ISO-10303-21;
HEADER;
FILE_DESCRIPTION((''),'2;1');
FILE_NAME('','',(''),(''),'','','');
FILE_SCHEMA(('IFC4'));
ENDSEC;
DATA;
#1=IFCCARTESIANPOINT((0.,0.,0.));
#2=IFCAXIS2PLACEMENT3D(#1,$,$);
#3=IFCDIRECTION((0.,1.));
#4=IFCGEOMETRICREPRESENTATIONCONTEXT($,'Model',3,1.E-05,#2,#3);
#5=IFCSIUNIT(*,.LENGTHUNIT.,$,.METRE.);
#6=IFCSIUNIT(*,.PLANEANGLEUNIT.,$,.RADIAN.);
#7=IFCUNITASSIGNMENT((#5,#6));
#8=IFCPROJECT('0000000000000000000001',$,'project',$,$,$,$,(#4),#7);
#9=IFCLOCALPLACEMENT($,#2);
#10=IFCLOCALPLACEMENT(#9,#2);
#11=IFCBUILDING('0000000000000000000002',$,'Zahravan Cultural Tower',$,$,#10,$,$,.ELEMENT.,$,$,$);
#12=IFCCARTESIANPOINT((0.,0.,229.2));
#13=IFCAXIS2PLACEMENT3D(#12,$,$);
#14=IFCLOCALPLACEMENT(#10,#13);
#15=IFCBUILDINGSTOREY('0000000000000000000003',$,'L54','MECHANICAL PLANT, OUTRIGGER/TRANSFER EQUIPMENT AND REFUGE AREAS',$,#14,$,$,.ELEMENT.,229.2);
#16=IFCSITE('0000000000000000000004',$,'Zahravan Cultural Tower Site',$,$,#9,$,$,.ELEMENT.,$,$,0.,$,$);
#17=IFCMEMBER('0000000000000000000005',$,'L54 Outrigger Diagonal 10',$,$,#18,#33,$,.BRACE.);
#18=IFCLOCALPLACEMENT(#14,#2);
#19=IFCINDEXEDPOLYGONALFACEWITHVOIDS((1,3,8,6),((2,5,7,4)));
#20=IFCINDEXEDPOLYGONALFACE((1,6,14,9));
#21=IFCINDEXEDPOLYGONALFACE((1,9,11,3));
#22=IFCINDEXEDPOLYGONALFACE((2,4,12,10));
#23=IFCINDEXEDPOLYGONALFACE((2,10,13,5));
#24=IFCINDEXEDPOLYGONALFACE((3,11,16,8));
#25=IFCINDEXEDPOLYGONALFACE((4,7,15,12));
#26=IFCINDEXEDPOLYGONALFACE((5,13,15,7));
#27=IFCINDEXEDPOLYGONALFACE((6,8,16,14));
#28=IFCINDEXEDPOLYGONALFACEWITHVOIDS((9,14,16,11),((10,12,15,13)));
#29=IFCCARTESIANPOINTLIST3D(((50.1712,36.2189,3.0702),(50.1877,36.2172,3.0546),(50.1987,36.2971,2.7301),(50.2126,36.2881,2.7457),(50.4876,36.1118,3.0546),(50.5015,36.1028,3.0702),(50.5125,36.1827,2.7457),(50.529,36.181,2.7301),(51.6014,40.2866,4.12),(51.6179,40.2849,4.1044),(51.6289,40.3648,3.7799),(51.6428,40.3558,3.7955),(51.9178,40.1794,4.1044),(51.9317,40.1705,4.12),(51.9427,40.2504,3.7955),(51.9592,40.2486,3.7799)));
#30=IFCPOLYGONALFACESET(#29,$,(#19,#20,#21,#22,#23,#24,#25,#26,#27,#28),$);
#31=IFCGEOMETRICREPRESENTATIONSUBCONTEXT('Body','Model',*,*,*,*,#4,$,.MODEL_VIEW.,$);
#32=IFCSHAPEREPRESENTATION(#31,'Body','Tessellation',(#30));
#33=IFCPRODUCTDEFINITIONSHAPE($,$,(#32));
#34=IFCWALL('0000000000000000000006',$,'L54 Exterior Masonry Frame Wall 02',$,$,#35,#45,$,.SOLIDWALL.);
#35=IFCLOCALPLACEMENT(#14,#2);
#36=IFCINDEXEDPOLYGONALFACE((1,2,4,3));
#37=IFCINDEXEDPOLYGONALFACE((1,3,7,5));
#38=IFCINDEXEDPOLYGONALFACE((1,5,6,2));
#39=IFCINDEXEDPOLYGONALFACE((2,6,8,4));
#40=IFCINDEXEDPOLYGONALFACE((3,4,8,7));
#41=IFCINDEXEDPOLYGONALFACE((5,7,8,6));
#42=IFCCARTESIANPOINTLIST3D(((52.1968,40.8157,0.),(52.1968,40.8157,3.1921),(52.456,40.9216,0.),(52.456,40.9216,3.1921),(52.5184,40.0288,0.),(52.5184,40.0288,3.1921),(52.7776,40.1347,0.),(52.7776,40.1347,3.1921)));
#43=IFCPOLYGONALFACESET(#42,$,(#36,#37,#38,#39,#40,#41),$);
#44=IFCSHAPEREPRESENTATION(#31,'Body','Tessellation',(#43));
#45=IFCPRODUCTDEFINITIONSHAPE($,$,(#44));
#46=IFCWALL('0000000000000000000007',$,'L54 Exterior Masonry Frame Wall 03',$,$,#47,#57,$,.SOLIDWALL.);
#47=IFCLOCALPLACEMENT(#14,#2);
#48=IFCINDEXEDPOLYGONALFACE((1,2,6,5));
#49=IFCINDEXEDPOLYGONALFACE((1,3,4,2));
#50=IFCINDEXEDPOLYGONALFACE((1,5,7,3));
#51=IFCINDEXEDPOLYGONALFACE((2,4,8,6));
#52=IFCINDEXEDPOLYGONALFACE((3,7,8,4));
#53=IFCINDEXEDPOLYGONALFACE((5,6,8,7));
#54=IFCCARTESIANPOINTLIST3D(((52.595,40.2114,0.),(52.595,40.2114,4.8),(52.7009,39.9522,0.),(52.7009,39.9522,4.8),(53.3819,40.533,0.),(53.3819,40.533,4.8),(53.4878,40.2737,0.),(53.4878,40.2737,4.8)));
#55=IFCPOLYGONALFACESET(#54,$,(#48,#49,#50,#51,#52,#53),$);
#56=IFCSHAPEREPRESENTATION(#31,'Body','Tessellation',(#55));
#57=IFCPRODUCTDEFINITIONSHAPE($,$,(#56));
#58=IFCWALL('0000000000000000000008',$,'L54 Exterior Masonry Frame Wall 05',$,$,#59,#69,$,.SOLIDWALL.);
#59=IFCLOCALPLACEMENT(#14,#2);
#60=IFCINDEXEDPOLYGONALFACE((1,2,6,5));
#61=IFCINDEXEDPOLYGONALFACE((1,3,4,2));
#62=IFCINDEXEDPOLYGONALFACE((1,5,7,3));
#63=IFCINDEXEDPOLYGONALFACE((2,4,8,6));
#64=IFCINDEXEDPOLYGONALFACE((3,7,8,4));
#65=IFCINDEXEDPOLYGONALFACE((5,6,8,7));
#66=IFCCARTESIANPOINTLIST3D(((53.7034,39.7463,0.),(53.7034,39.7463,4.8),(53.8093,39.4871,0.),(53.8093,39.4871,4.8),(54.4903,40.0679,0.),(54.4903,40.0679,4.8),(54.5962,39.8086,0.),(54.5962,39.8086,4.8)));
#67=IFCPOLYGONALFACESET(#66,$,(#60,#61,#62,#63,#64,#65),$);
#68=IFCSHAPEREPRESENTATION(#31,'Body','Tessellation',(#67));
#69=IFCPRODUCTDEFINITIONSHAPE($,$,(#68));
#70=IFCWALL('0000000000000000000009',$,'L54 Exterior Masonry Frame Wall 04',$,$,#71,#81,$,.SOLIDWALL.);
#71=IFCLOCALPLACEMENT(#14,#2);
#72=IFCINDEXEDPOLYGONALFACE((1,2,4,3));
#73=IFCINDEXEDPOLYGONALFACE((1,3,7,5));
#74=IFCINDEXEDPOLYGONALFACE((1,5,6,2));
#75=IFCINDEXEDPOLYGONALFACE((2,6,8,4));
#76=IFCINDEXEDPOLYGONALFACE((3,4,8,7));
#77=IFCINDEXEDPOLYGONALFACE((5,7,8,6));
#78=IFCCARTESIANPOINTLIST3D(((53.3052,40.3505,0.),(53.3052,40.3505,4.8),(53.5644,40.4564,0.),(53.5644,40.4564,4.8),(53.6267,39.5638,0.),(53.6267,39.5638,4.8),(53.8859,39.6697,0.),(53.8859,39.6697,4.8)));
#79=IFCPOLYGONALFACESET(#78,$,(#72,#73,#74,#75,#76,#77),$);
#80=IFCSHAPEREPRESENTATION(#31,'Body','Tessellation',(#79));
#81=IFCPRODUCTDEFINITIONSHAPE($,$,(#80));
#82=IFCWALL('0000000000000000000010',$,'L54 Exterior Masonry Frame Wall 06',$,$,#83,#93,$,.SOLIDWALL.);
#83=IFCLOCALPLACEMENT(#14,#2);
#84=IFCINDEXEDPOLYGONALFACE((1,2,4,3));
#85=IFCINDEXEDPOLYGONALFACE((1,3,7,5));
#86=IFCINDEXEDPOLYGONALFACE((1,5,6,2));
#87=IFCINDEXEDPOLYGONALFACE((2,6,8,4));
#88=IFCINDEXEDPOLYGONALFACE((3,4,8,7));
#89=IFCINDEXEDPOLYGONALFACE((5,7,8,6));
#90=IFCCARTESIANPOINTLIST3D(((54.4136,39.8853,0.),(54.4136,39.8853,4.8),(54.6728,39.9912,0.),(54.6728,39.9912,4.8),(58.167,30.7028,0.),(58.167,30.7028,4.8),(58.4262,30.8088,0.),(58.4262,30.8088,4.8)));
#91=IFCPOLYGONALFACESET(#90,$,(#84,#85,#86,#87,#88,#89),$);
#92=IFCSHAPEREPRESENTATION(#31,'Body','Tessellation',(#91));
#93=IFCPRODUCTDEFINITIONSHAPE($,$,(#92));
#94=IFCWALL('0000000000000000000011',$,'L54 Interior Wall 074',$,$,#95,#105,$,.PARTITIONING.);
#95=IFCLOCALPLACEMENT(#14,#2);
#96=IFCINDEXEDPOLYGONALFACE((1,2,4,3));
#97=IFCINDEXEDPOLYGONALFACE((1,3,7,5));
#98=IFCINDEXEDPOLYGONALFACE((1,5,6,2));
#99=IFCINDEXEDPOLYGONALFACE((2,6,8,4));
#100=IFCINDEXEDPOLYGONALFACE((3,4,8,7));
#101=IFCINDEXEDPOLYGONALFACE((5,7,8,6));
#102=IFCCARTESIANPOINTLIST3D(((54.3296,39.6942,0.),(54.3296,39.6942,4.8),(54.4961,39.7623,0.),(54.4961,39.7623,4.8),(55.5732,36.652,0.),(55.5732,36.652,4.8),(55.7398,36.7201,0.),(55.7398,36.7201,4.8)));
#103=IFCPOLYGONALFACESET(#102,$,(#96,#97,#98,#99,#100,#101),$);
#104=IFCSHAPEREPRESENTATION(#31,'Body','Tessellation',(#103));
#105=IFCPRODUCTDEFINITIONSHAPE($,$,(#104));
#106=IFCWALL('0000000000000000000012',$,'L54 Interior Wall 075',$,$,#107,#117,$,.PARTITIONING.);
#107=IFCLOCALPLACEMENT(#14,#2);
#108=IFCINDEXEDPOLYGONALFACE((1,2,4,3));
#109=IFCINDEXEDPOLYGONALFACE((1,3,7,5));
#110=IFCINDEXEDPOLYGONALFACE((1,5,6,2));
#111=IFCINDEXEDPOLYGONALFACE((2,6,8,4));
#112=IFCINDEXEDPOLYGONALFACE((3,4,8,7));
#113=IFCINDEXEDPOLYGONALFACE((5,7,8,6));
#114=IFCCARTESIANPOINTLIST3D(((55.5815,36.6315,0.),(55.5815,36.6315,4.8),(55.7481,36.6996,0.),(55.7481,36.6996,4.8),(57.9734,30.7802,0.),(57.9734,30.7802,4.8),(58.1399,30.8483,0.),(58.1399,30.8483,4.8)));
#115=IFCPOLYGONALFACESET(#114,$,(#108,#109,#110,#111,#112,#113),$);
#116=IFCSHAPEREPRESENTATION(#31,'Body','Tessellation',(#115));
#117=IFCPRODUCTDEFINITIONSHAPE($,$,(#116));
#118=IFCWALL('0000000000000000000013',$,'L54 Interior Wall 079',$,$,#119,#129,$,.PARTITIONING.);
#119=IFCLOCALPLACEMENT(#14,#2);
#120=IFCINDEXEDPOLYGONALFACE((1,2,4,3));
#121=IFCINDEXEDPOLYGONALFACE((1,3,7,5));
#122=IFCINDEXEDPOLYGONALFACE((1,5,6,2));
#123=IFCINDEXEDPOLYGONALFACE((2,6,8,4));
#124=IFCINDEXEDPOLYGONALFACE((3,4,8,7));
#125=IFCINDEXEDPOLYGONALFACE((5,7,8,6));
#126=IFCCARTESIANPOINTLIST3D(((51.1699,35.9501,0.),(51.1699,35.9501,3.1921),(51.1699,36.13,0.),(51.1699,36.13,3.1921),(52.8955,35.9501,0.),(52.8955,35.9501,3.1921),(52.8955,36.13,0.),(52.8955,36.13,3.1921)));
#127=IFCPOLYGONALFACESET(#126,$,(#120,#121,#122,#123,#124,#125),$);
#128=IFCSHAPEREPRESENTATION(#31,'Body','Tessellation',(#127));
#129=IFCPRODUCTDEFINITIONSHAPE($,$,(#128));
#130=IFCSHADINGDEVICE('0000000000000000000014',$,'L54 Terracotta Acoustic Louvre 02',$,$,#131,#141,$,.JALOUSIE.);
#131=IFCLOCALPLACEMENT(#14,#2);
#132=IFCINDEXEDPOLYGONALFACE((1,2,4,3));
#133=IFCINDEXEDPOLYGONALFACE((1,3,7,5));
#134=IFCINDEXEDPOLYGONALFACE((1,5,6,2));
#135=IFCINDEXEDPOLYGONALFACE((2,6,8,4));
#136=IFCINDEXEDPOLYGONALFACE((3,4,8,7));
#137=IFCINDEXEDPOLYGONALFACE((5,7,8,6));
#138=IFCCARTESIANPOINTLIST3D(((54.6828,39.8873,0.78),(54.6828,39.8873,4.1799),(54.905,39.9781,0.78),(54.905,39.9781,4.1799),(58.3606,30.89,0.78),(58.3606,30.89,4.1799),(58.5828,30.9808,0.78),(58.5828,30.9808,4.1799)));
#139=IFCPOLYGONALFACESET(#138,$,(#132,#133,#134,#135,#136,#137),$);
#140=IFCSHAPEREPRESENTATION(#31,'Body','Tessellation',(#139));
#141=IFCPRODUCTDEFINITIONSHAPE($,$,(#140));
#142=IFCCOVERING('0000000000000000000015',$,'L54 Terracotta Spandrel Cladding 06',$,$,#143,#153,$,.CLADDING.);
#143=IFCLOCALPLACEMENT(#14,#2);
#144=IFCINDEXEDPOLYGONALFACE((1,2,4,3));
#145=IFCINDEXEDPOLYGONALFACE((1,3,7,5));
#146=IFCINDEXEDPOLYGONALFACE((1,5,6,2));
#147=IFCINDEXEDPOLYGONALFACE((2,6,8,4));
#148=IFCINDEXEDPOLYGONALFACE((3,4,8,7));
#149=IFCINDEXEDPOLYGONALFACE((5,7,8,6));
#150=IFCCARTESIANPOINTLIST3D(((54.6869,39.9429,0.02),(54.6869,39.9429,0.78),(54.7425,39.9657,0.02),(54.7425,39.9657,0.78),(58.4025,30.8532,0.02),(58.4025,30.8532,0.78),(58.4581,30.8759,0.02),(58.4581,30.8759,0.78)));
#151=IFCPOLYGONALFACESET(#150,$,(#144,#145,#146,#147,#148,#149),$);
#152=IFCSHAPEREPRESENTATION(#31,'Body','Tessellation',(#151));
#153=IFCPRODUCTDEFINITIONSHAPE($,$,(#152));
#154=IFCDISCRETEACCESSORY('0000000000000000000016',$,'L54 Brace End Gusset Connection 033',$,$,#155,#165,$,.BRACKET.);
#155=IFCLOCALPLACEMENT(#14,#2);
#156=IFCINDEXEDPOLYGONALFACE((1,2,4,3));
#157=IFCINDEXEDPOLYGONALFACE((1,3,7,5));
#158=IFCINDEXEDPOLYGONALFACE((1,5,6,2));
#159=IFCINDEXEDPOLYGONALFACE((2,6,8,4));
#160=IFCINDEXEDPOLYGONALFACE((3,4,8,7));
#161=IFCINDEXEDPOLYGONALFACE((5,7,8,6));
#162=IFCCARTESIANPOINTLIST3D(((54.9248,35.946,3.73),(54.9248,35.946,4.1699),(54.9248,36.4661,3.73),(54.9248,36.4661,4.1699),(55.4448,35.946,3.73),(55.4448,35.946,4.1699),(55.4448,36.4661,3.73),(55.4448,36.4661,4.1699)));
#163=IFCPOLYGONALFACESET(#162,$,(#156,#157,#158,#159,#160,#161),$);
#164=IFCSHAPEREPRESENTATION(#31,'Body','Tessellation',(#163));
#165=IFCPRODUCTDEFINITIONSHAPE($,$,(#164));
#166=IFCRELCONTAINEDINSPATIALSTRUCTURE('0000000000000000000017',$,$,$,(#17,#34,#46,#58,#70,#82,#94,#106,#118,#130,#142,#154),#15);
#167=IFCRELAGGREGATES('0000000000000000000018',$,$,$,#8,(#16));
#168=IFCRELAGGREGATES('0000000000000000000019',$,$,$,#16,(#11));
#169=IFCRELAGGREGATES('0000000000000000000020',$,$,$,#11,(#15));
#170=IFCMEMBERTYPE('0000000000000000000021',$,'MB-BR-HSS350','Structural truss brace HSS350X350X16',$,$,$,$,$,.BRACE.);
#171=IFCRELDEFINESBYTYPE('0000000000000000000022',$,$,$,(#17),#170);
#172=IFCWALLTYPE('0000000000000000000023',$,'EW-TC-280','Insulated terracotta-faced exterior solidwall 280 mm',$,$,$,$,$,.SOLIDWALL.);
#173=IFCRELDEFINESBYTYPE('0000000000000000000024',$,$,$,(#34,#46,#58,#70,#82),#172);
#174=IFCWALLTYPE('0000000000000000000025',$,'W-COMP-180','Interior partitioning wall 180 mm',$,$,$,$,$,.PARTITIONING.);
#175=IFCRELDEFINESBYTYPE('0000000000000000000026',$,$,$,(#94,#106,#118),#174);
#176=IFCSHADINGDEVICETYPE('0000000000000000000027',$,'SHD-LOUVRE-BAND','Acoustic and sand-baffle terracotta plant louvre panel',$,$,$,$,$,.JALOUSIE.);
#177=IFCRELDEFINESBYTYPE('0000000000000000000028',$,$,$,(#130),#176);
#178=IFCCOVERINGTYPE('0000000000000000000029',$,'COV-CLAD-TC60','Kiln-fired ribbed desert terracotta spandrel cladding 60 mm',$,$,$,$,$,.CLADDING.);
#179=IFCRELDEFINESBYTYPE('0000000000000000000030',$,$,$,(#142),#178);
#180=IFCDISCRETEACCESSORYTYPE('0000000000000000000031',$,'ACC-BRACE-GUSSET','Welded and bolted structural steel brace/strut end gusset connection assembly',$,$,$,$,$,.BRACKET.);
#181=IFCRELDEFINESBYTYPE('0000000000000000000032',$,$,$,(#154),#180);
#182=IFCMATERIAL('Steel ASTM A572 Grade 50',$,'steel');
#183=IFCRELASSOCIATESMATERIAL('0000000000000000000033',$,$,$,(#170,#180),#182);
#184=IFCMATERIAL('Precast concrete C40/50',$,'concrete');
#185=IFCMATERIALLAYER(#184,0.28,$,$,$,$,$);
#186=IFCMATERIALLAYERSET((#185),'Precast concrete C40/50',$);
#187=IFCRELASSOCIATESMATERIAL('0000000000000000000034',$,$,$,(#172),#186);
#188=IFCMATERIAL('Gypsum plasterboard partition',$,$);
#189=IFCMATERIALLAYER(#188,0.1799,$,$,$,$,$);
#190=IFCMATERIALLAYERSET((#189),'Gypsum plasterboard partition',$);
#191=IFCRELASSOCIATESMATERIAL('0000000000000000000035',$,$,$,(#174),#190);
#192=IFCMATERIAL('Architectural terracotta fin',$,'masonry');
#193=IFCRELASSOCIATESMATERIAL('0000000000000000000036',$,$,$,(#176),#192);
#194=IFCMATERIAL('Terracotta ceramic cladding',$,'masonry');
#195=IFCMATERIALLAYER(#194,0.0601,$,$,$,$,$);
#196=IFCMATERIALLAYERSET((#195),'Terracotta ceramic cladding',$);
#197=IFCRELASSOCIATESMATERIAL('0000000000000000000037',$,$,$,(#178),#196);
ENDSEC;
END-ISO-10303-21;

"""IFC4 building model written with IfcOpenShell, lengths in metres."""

from ifc_helpers import new_model, si_unit, direction, frame, frame_2d, origin, origin_2d, place, context, subcontext, project, spatial, rectangle, hollow_rectangle, extrude, source, transform, mapped, material, layer, layer_set, material_profile, profile_set, type_object, element, save


model = new_model("IFC4")

# Units and contexts
model_context = context("Model", 3, precision=1e-05, world=origin(), true_north=direction((0.0, 1.0)))
body_context = subcontext(model_context, "Body", "Model", "MODEL_VIEW")
ifc_project = project(units=[si_unit("LENGTHUNIT", "METRE"), si_unit("PLANEANGLEUNIT", "RADIAN")], contexts=[model_context])

# Site, building, storey
site_placement = place(None, origin())
site = spatial("IfcSite", under=ifc_project, at=site_placement, Name="Zahravan Cultural Tower Site", CompositionType="ELEMENT", RefElevation=0.0)
building_placement = place(site_placement, origin())
building = spatial("IfcBuilding", under=site, at=building_placement, Name="Zahravan Cultural Tower", CompositionType="ELEMENT")
storey_placement = place(building_placement, frame((0.0, 0.0, 229.2)))
storey = spatial("IfcBuildingStorey", under=building, at=storey_placement, Name="L54", Description="MECHANICAL PLANT, OUTRIGGER/TRANSFER EQUIPMENT AND REFUGE AREAS", CompositionType="ELEMENT", Elevation=229.2)

# Member
ifc_material_1 = material(Name="Steel ASTM A572 Grade 50", Category="steel")
ifc_material_profile_1 = material_profile(ifc_material_1, hollow_rectangle(XDim=0.3501, YDim=0.3501, WallThickness=0.0161, at=origin_2d()), Name="HSS350X350X16")
ifc_profile_set_1 = profile_set([ifc_material_profile_1], Name="Steel ASTM A572 Grade 50")
member_type = type_object("IfcMemberType", Name="MB-BR-HSS350", Description="Structural truss brace HSS350X350X16", PredefinedType="BRACE", material=ifc_profile_set_1)
shared_shape_1 = source(origin(), body_context, "Body", "SweptSolid", [
    extrude(hollow_rectangle(XDim=0.3501, YDim=0.3501, WallThickness=0.0161, at=origin_2d()), origin(), (0.0, 0.0, 1.0), 4.4377),
])
member_placement = place(storey_placement, frame((50.3501, 36.2, 2.9001), z_axis=(0.322279, 0.916609, 0.236566), x_axis=(-0.943387, 0.331694, 0.0)))
element("IfcMember", 1, at=member_placement, inside=storey, type_object=member_type, Name="L54 Outrigger Diagonal 10", PredefinedType="BRACE", context=body_context, shape_type="MappedRepresentation", body=[
    mapped(shared_shape_1, transform((0.0, 0.0, 0.0), x_axis=(1.0, 0.0, 0.0), y_axis=(0.0, 1.0, 0.0), z_axis=(0.0, 0.0, 1.0), scale=1.0)),
])

# Walls
ifc_material_2 = material(Name="Precast concrete C40/50", Category="concrete")
ifc_layer_1 = layer(ifc_material_2, 0.28)
ifc_layer_set_1 = layer_set([ifc_layer_1], Name="Precast concrete C40/50")
wall_type_1 = type_object("IfcWallType", Name="EW-TC-280", Description="Insulated terracotta-faced exterior solidwall 280 mm", PredefinedType="SOLIDWALL", material=ifc_layer_set_1)
shared_shape_2 = source(origin(), body_context, "Body", "SweptSolid", [
    extrude(rectangle(XDim=0.8501, YDim=0.28, at=frame_2d((0.425, 0.0))), origin(), (0.0, 0.0, 1.0), 3.1921),
])
wall_1_placement = place(storey_placement, frame((52.3264, 40.8687, 0.0), z_axis=(0.0, 0.0, 1.0), x_axis=(0.378264, -0.925698, 0.0)))
element("IfcWall", 2, at=wall_1_placement, inside=storey, type_object=wall_type_1, Name="L54 Exterior Masonry Frame Wall 02", PredefinedType="SOLIDWALL", context=body_context, shape_type="MappedRepresentation", body=[
    mapped(shared_shape_2, transform((0.0, 0.0, 0.0), x_axis=(1.0, 0.0, 0.0), y_axis=(0.0, 1.0, 0.0), z_axis=(0.0, 0.0, 1.0), scale=1.0)),
])
shared_shape_3 = source(origin(), body_context, "Body", "SweptSolid", [
    extrude(rectangle(XDim=0.8501, YDim=0.28, at=frame_2d((0.425, 0.0))), origin(), (0.0, 0.0, 1.0), 4.8),
])
for number, where, z_axis, x_axis, name in (
    (3, (52.6479, 40.0818, 0.0), (0.0, 0.0, 1.0), (0.925698, 0.378264, 0.0), "L54 Exterior Masonry Frame Wall 03"),
    (4, (53.7563, 39.6167, 0.0), (0.0, 0.0, 1.0), (0.925698, 0.378264, 0.0), "L54 Exterior Masonry Frame Wall 05"),
):
    element("IfcWall", number, at=place(storey_placement, frame(where, z_axis=z_axis, x_axis=x_axis)), inside=storey, type_object=wall_type_1, Name=name, PredefinedType="SOLIDWALL", context=body_context, shape_type="MappedRepresentation", body=[
        mapped(shared_shape_3, transform((0.0, 0.0, 0.0), x_axis=(1.0, 0.0, 0.0), y_axis=(0.0, 1.0, 0.0), z_axis=(0.0, 0.0, 1.0), scale=1.0)),
    ])
shared_shape_4 = source(origin(), body_context, "Body", "SweptSolid", [
    extrude(rectangle(XDim=0.8499, YDim=0.28, at=frame_2d((0.4248, 0.0))), origin(), (0.0, 0.0, 1.0), 4.8),
])
wall_2_placement = place(storey_placement, frame((53.4348, 40.4033, 0.0), z_axis=(0.0, 0.0, 1.0), x_axis=(0.378364, -0.925657, 0.0)))
element("IfcWall", 5, at=wall_2_placement, inside=storey, type_object=wall_type_1, Name="L54 Exterior Masonry Frame Wall 04", PredefinedType="SOLIDWALL", context=body_context, shape_type="MappedRepresentation", body=[
    mapped(shared_shape_4, transform((0.0, 0.0, 0.0), x_axis=(1.0, 0.0, 0.0), y_axis=(0.0, 1.0, 0.0), z_axis=(0.0, 0.0, 1.0), scale=1.0)),
])
shared_shape_5 = source(origin(), body_context, "Body", "SweptSolid", [
    extrude(rectangle(XDim=9.9199, YDim=0.28, at=frame_2d((4.96, 0.0))), origin(), (0.0, 0.0, 1.0), 4.8),
])
wall_3_placement = place(storey_placement, frame((54.5432, 39.9382, 0.0), z_axis=(0.0, 0.0, 1.0), x_axis=(0.378373, -0.925653, 0.0)))
element("IfcWall", 6, at=wall_3_placement, inside=storey, type_object=wall_type_1, Name="L54 Exterior Masonry Frame Wall 06", PredefinedType="SOLIDWALL", context=body_context, shape_type="MappedRepresentation", body=[
    mapped(shared_shape_5, transform((0.0, 0.0, 0.0), x_axis=(1.0, 0.0, 0.0), y_axis=(0.0, 1.0, 0.0), z_axis=(0.0, 0.0, 1.0), scale=1.0)),
])
ifc_material_3 = material(Name="Gypsum plasterboard partition")
ifc_layer_2 = layer(ifc_material_3, 0.1799)
ifc_layer_set_2 = layer_set([ifc_layer_2], Name="Gypsum plasterboard partition")
wall_type_2 = type_object("IfcWallType", Name="W-COMP-180", Description="Interior partitioning wall 180 mm", PredefinedType="PARTITIONING", material=ifc_layer_set_2)
shared_shape_6 = source(origin(), body_context, "Body", "SweptSolid", [
    extrude(rectangle(XDim=3.2866, YDim=0.1799, at=frame_2d((1.6433, 0.0))), origin(), (0.0, 0.0, 1.0), 4.8),
])
wall_4_placement = place(storey_placement, frame((54.4128, 39.7283, 0.0), z_axis=(0.0, 0.0, 1.0), x_axis=(0.378399, -0.925643, 0.0)))
element("IfcWall", 7, at=wall_4_placement, inside=storey, type_object=wall_type_2, Name="L54 Interior Wall 074", PredefinedType="PARTITIONING", context=body_context, shape_type="MappedRepresentation", body=[
    mapped(shared_shape_6, transform((0.0, 0.0, 0.0), x_axis=(1.0, 0.0, 0.0), y_axis=(0.0, 1.0, 0.0), z_axis=(0.0, 0.0, 1.0), scale=1.0)),
])
shared_shape_7 = source(origin(), body_context, "Body", "SweptSolid", [
    extrude(rectangle(XDim=6.3213, YDim=0.1799, at=frame_2d((3.1606, 0.0))), origin(), (0.0, 0.0, 1.0), 4.8),
])
wall_5_placement = place(storey_placement, frame((55.6648, 36.6655, 0.0), z_axis=(0.0, 0.0, 1.0), x_axis=(0.378379, -0.925651, 0.0)))
element("IfcWall", 8, at=wall_5_placement, inside=storey, type_object=wall_type_2, Name="L54 Interior Wall 075", PredefinedType="PARTITIONING", context=body_context, shape_type="MappedRepresentation", body=[
    mapped(shared_shape_7, transform((0.0, 0.0, 0.0), x_axis=(1.0, 0.0, 0.0), y_axis=(0.0, 1.0, 0.0), z_axis=(0.0, 0.0, 1.0), scale=1.0)),
])
shared_shape_8 = source(origin(), body_context, "Body", "SweptSolid", [
    extrude(rectangle(XDim=1.7256, YDim=0.1799, at=frame_2d((0.8628, 0.0))), origin(), (0.0, 0.0, 1.0), 3.1921),
])
wall_6_placement = place(storey_placement, frame((52.8955, 36.04, 0.0), z_axis=(0.0, 0.0, 1.0), x_axis=(-1.0, 0.0, 0.0)))
element("IfcWall", 9, at=wall_6_placement, inside=storey, type_object=wall_type_2, Name="L54 Interior Wall 079", PredefinedType="PARTITIONING", context=body_context, shape_type="MappedRepresentation", body=[
    mapped(shared_shape_8, transform((0.0, 0.0, 0.0), x_axis=(1.0, 0.0, 0.0), y_axis=(0.0, 1.0, 0.0), z_axis=(0.0, 0.0, 1.0), scale=1.0)),
])

# Shading device
ifc_material_4 = material(Name="Architectural terracotta fin", Category="masonry")
shading_device_type = type_object("IfcShadingDeviceType", Name="SHD-LOUVRE-BAND", Description="Acoustic and sand-baffle terracotta plant louvre panel", PredefinedType="JALOUSIE", material=ifc_material_4)
shared_shape_9 = source(origin(), body_context, "Body", "SweptSolid", [
    extrude(rectangle(XDim=9.72, YDim=0.24, at=origin_2d()), origin(), (0.0, 0.0, 1.0), 3.3999),
])
shading_device_placement = place(storey_placement, frame((56.6328, 35.4341, 0.78), z_axis=(0.0, 0.0, 1.0), x_axis=(0.378374, -0.925653, 0.0)))
element("IfcShadingDevice", 10, at=shading_device_placement, inside=storey, type_object=shading_device_type, Name="L54 Terracotta Acoustic Louvre 02", PredefinedType="JALOUSIE", context=body_context, shape_type="MappedRepresentation", body=[
    mapped(shared_shape_9, transform((0.0, 0.0, 0.0), x_axis=(1.0, 0.0, 0.0), y_axis=(0.0, 1.0, 0.0), z_axis=(0.0, 0.0, 1.0), scale=1.0)),
])

# Covering
ifc_material_5 = material(Name="Terracotta ceramic cladding", Category="masonry")
ifc_layer_3 = layer(ifc_material_5, 0.0601)
ifc_layer_set_3 = layer_set([ifc_layer_3], Name="Terracotta ceramic cladding")
covering_type = type_object("IfcCoveringType", Name="COV-CLAD-TC60", Description="Kiln-fired ribbed desert terracotta spandrel cladding 60 mm", PredefinedType="CLADDING", material=ifc_layer_set_3)
shared_shape_10 = source(origin(), body_context, "Body", "SweptSolid", [
    extrude(rectangle(XDim=9.8198, YDim=0.0601, at=origin_2d()), origin(), (0.0, 0.0, 1.0), 0.76),
])
covering_placement = place(storey_placement, frame((56.5725, 35.4094, 0.02), z_axis=(0.0, 0.0, 1.0), x_axis=(0.378374, -0.925653, 0.0)))
element("IfcCovering", 11, at=covering_placement, inside=storey, type_object=covering_type, Name="L54 Terracotta Spandrel Cladding 06", PredefinedType="CLADDING", context=body_context, shape_type="MappedRepresentation", body=[
    mapped(shared_shape_10, transform((0.0, 0.0, 0.0), x_axis=(1.0, 0.0, 0.0), y_axis=(0.0, 1.0, 0.0), z_axis=(0.0, 0.0, 1.0), scale=1.0)),
])

# Discrete accessory
discrete_accessory_type = type_object("IfcDiscreteAccessoryType", Name="ACC-BRACE-GUSSET", Description="Welded and bolted structural steel brace/strut end gusset connection assembly", PredefinedType="BRACKET", material=ifc_material_1)
shared_shape_11 = source(origin(), body_context, "Body", "SweptSolid", [
    extrude(rectangle(XDim=0.52, YDim=0.52, at=origin_2d()), origin(), (0.0, 0.0, 1.0), 0.4399),
])
for number, where, z_axis, x_axis, name in (
    (12, (55.1848, 36.2061, 3.73), (0.0, 0.0, 1.0), (1.0, 0.0, 0.0), "L54 Brace End Gusset Connection 033"),
):
    element("IfcDiscreteAccessory", number, at=place(storey_placement, frame(where, z_axis=z_axis, x_axis=x_axis)), inside=storey, type_object=discrete_accessory_type, Name=name, PredefinedType="BRACKET", context=body_context, shape_type="MappedRepresentation", body=[
        mapped(shared_shape_11, transform((0.0, 0.0, 0.0), x_axis=(1.0, 0.0, 0.0), y_axis=(0.0, 1.0, 0.0), z_axis=(0.0, 0.0, 1.0), scale=1.0)),
    ])

save(model, "model.ifc")
